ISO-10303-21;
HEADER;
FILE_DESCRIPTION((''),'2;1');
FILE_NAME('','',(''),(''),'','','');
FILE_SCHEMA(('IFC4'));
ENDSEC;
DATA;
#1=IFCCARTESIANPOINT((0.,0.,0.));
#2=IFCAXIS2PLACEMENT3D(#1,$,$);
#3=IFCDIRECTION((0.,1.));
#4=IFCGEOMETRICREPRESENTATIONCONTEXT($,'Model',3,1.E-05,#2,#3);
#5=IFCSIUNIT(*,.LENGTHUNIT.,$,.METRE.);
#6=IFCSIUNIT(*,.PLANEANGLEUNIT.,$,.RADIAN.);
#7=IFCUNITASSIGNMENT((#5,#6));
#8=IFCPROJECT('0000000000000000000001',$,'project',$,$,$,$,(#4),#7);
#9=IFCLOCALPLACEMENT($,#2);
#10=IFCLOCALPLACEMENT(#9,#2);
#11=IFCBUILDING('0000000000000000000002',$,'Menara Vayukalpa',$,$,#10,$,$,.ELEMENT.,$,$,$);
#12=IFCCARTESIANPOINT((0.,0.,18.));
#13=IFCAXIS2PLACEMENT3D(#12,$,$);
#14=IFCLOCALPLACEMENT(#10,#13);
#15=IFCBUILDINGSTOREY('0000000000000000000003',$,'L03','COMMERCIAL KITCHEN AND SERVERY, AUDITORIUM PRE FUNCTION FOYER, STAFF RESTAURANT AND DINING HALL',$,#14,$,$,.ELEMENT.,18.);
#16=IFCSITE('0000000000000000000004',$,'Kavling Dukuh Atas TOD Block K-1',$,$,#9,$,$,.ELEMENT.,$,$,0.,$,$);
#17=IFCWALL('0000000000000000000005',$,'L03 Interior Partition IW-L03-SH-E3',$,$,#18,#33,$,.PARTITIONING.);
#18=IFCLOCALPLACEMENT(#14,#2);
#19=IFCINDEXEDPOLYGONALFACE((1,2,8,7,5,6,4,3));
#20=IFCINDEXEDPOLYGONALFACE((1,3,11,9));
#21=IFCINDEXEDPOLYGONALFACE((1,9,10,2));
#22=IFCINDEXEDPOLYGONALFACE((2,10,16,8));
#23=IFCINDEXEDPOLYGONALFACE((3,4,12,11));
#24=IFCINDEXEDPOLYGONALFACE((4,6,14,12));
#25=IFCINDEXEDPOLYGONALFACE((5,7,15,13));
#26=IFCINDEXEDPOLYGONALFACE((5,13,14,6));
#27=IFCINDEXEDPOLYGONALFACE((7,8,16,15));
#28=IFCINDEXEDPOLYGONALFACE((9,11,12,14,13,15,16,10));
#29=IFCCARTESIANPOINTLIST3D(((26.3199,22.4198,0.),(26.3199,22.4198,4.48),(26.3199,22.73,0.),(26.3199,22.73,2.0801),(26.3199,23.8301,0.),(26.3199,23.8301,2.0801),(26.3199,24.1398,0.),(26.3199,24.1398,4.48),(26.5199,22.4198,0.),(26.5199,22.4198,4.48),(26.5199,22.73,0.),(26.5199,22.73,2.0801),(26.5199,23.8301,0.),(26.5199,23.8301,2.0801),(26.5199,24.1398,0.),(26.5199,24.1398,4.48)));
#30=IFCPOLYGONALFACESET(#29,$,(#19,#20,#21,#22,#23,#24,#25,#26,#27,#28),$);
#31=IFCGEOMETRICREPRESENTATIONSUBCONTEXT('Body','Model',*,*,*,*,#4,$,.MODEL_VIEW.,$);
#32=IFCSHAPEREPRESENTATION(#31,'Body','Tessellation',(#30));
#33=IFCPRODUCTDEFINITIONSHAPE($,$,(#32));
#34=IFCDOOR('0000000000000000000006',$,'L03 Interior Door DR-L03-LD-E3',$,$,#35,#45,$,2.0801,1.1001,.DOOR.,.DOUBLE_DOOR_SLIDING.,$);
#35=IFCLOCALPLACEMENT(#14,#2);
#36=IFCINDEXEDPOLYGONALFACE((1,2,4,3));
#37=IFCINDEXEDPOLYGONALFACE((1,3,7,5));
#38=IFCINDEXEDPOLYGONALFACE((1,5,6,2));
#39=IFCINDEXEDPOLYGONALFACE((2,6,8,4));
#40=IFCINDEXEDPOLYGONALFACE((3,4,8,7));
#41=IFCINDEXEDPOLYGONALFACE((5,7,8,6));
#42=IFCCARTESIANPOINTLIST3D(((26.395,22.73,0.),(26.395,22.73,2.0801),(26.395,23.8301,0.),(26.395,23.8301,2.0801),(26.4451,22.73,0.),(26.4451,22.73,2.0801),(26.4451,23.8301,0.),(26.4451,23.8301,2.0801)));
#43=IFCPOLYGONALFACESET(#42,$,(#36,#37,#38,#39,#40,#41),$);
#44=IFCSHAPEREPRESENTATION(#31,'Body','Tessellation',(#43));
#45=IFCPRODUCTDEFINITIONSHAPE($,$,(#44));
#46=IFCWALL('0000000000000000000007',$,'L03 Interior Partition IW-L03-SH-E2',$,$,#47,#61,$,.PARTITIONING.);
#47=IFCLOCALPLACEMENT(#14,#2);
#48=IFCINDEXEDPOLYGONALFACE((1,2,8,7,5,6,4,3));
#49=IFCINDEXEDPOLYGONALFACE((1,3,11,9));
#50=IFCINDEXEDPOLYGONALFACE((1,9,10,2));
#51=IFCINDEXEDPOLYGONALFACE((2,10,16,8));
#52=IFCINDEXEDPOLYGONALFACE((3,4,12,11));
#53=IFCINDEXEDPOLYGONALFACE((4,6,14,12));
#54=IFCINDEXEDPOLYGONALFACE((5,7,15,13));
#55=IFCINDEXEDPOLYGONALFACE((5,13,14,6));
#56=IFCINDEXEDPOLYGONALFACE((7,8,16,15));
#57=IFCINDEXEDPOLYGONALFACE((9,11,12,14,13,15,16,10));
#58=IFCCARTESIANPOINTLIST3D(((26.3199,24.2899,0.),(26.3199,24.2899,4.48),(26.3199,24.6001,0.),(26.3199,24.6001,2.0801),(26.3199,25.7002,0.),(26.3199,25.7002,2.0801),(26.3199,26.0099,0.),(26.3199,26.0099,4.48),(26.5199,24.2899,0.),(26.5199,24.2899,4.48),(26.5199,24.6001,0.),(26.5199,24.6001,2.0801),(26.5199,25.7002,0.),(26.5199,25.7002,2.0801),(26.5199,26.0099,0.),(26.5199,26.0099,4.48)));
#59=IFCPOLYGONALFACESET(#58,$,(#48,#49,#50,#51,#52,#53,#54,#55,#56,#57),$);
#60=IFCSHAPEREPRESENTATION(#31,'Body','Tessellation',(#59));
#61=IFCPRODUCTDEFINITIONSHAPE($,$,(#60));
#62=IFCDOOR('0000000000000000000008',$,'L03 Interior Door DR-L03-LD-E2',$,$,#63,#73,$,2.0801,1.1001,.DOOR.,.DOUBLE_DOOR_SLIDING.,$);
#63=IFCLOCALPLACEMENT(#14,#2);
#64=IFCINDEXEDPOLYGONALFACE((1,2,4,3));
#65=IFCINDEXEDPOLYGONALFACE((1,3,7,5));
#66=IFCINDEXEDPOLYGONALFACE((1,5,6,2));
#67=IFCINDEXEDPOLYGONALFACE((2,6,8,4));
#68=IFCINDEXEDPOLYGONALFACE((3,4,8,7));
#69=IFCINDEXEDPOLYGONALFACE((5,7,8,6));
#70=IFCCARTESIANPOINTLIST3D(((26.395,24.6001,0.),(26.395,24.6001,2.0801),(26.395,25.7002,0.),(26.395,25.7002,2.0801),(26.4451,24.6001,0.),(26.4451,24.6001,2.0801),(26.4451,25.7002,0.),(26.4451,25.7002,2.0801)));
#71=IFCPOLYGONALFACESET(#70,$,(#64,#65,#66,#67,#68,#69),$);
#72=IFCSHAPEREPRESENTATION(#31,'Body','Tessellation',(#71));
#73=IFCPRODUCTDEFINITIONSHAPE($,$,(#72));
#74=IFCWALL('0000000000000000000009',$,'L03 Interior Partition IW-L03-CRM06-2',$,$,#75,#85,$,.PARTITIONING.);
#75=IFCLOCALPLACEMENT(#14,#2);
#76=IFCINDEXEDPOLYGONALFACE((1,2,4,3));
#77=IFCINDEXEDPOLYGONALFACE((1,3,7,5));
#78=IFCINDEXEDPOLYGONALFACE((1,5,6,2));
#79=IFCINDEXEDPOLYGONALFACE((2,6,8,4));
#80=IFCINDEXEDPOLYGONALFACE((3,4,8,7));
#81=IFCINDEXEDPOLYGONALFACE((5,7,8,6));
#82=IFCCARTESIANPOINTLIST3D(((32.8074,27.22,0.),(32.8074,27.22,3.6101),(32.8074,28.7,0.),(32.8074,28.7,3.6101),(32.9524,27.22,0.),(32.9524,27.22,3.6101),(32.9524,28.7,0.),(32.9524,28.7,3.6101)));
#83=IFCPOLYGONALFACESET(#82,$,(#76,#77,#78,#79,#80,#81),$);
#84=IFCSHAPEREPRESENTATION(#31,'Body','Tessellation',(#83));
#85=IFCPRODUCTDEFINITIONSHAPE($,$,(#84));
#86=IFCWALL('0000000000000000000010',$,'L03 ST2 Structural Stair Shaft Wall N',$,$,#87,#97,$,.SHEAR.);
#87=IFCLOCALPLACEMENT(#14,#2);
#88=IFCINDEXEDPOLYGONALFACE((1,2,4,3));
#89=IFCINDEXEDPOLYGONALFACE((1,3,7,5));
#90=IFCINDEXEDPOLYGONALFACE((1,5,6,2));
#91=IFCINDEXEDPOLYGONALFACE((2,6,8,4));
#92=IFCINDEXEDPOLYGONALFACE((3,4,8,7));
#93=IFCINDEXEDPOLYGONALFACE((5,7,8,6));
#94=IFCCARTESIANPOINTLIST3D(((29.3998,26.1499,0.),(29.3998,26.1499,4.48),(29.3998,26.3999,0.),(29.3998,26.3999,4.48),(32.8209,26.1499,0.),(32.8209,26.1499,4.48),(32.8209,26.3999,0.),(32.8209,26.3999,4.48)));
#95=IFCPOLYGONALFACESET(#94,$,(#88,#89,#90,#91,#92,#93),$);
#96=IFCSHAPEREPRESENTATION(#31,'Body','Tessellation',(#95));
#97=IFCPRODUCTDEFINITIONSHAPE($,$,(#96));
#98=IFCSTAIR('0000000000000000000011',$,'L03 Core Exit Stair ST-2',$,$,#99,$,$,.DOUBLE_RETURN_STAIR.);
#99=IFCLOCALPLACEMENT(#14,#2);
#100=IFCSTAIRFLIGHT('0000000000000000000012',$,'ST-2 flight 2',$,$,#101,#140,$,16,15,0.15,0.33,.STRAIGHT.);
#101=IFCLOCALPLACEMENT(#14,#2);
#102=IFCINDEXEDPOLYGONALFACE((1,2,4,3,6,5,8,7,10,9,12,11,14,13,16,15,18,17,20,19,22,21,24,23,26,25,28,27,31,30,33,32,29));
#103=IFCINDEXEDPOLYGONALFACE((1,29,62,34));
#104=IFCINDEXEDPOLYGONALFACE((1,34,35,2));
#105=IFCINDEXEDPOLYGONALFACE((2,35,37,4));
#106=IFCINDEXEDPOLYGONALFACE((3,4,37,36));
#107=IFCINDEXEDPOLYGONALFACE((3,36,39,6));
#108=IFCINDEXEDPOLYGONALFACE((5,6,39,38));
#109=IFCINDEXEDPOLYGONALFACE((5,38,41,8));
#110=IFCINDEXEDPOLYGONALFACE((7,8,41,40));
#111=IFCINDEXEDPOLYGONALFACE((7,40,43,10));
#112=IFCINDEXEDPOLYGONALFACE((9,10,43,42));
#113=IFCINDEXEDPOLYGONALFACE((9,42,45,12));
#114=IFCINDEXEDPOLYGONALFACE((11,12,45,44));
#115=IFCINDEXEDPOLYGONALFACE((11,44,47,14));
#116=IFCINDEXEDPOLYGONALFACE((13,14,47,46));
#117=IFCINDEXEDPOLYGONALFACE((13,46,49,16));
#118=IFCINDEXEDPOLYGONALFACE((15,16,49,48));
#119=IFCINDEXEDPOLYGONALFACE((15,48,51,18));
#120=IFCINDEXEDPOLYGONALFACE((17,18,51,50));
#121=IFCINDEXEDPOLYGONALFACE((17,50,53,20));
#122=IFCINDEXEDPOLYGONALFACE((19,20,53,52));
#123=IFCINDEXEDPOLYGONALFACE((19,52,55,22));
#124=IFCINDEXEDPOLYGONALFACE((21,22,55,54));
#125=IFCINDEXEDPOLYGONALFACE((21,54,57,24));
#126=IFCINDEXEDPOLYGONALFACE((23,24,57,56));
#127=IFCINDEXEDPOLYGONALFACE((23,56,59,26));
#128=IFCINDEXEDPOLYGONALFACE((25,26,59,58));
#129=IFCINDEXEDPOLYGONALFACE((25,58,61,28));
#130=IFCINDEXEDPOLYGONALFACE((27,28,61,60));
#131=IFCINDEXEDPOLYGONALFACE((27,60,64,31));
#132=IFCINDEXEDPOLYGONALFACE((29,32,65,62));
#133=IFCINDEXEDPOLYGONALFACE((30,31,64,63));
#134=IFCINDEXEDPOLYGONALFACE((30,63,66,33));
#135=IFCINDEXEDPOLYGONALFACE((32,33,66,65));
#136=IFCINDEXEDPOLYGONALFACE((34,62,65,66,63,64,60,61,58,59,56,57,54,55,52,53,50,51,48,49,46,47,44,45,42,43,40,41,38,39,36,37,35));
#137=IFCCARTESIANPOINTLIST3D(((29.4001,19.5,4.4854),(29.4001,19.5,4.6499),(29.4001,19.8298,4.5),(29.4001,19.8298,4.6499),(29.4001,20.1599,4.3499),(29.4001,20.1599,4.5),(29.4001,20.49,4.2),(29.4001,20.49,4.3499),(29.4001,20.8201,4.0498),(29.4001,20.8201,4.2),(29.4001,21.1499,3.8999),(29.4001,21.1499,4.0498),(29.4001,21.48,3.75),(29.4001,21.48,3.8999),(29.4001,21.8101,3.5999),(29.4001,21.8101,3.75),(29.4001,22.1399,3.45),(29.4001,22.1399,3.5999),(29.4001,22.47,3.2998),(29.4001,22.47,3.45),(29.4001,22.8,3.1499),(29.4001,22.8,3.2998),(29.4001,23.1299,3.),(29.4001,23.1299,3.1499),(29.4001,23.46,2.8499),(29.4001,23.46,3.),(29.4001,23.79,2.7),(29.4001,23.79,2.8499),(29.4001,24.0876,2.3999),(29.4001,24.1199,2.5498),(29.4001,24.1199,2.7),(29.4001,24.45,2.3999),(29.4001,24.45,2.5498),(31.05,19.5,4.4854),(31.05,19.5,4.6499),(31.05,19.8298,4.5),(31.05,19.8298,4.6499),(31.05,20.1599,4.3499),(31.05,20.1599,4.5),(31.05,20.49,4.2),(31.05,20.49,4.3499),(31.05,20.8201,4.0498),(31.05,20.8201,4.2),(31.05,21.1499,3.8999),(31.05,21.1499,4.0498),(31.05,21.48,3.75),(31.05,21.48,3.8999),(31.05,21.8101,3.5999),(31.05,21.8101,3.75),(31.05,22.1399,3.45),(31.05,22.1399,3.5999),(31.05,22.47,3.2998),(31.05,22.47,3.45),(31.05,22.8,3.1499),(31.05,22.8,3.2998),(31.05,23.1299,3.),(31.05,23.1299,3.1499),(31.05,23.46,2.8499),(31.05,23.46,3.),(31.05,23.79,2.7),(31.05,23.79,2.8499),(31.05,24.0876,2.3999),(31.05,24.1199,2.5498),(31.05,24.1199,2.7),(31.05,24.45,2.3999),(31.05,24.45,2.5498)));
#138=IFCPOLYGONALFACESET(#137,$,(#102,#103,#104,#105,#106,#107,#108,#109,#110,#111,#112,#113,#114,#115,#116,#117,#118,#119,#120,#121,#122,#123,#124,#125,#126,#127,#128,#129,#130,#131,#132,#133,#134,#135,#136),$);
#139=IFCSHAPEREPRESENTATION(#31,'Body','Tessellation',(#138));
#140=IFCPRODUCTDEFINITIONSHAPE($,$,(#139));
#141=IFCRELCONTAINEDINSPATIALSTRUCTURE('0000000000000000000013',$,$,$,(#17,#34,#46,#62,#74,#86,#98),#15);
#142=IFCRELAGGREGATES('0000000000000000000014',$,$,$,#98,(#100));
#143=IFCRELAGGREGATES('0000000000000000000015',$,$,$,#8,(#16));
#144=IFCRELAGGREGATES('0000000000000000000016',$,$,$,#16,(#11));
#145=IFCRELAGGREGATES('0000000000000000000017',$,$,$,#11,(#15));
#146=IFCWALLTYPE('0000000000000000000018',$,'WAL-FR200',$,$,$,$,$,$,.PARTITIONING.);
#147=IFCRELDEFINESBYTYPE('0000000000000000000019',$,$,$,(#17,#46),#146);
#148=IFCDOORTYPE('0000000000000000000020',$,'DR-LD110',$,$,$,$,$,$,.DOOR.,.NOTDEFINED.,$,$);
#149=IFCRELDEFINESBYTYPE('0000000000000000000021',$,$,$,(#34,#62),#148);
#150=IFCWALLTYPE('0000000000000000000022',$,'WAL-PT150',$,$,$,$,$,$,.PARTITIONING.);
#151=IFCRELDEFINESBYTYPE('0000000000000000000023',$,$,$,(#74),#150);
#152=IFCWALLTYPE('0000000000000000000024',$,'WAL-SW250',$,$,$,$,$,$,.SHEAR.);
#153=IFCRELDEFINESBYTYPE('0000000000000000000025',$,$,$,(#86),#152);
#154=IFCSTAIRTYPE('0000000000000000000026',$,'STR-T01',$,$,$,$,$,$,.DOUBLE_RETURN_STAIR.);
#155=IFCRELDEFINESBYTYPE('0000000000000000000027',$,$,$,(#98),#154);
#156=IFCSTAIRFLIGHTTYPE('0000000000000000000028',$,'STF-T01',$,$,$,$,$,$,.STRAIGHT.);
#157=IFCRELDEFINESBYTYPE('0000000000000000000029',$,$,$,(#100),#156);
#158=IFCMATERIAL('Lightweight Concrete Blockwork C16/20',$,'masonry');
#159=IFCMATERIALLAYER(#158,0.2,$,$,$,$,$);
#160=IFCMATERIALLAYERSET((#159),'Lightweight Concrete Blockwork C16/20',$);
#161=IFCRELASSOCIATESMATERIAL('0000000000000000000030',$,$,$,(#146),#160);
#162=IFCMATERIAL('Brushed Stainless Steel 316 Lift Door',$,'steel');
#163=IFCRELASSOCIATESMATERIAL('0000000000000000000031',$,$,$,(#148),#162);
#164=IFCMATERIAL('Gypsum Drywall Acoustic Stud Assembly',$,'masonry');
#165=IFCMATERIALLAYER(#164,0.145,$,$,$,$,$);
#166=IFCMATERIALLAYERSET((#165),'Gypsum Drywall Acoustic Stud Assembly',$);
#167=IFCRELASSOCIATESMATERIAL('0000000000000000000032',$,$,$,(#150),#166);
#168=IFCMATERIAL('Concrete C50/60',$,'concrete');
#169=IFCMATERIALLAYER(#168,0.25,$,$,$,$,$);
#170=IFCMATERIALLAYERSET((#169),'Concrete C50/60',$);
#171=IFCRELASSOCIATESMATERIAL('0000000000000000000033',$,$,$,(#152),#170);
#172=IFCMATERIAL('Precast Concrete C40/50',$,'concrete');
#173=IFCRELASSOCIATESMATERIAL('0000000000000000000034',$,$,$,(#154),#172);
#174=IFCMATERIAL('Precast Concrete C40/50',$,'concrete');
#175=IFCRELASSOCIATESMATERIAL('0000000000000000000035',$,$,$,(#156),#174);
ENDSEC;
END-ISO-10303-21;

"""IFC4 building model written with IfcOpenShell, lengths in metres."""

from ifc_helpers import new_model, si_unit, direction, frame, frame_2d, origin, place, context, subcontext, project, spatial, polyline, rectangle, outline, extrude, material, layer, layer_set, type_object, element, fill, aggregate, save


model = new_model("IFC4")

# Units and contexts
model_context = context("Model", 3, precision=1e-05, world=origin(), true_north=direction((0.0, 1.0)))
body_context = subcontext(model_context, "Body", "Model", "MODEL_VIEW")
ifc_project = project(units=[si_unit("LENGTHUNIT", "METRE"), si_unit("PLANEANGLEUNIT", "RADIAN")], contexts=[model_context])

# Site, building, storey
site_placement = place(None, origin())
site = spatial("IfcSite", under=ifc_project, at=site_placement, Name="Kavling Dukuh Atas TOD Block K-1", CompositionType="ELEMENT", RefElevation=0.0)
building_placement = place(site_placement, origin())
building = spatial("IfcBuilding", under=site, at=building_placement, Name="Menara Vayukalpa", CompositionType="ELEMENT")
storey_placement = place(building_placement, frame((0.0, 0.0, 18.0)))
storey = spatial("IfcBuildingStorey", under=building, at=storey_placement, Name="L03", Description="COMMERCIAL KITCHEN AND SERVERY, AUDITORIUM PRE FUNCTION FOYER, STAFF RESTAURANT AND DINING HALL", CompositionType="ELEMENT", Elevation=18.0)

# Walls, openings, doors
ifc_material_1 = material(Name="Lightweight Concrete Blockwork C16/20", Category="masonry")
ifc_layer_1 = layer(ifc_material_1, 0.2)
ifc_layer_set_1 = layer_set([ifc_layer_1], Name="Lightweight Concrete Blockwork C16/20")
wall_type_1 = type_object("IfcWallType", Name="WAL-FR200", PredefinedType="PARTITIONING", material=ifc_layer_set_1)
ifc_material_2 = material(Name="Brushed Stainless Steel 316 Lift Door", Category="steel")
door_type = type_object("IfcDoorType", Name="DR-LD110", OperationType="NOTDEFINED", PredefinedType="DOOR", material=ifc_material_2)
wall_1_placement = place(storey_placement, frame((26.4199, 22.4199, 0.0), z_axis=(0.0, 0.0, 1.0), x_axis=(0.0, 1.0, 0.0)))
wall_1 = element("IfcWall", 1, at=wall_1_placement, inside=storey, type_object=wall_type_1, Name="L03 Interior Partition IW-L03-SH-E3", PredefinedType="PARTITIONING", context=body_context, shape_type="SweptSolid", body=[
    extrude(rectangle(XDim=1.72, YDim=0.2, at=frame_2d((0.8599, 0.0))), origin(), (0.0, 0.0, 1.0), 4.48),
])
opening_1_placement = place(wall_1_placement, frame((0.3101, 0.0, 0.0)))
opening_1 = element("IfcOpeningElement", 2, at=opening_1_placement, cuts=wall_1, PredefinedType="OPENING", context=body_context, shape_type="SweptSolid", body=[
    extrude(rectangle(XDim=1.1001, YDim=2.0801, at=frame_2d((0.55, 1.04))), frame((0.0, 0.1099, 0.0), z_axis=(0.0, -1.0, 0.0), x_axis=(1.0, 0.0, 0.0)), (0.0, 0.0, 1.0), 0.22),
])
door_1_placement = place(opening_1_placement, origin())
door_1 = element("IfcDoor", 3, at=door_1_placement, inside=storey, type_object=door_type, Name="L03 Interior Door DR-L03-LD-E3", OperationType="DOUBLE_DOOR_SLIDING", OverallHeight=2.0801, OverallWidth=1.1001, PredefinedType="DOOR", context=body_context, shape_type="SweptSolid", body=[
    extrude(rectangle(XDim=1.1001, YDim=2.0801, at=frame_2d((0.55, 1.04))), frame((0.0, 0.0249, 0.0), z_axis=(0.0, -1.0, 0.0), x_axis=(1.0, 0.0, 0.0)), (0.0, 0.0, 1.0), 0.05),
])
fill(opening_1, door_1)
wall_2_placement = place(storey_placement, frame((26.4199, 24.29, 0.0), z_axis=(0.0, 0.0, 1.0), x_axis=(0.0, 1.0, 0.0)))
wall_2 = element("IfcWall", 4, at=wall_2_placement, inside=storey, type_object=wall_type_1, Name="L03 Interior Partition IW-L03-SH-E2", PredefinedType="PARTITIONING", context=body_context, shape_type="SweptSolid", body=[
    extrude(rectangle(XDim=1.72, YDim=0.2, at=frame_2d((0.8599, 0.0))), origin(), (0.0, 0.0, 1.0), 4.48),
])
opening_2_placement = place(wall_2_placement, frame((0.3101, 0.0, 0.0)))
opening_2 = element("IfcOpeningElement", 5, at=opening_2_placement, cuts=wall_2, PredefinedType="OPENING", context=body_context, shape_type="SweptSolid", body=[
    extrude(rectangle(XDim=1.1001, YDim=2.0801, at=frame_2d((0.55, 1.04))), frame((0.0, 0.1099, 0.0), z_axis=(0.0, -1.0, 0.0), x_axis=(1.0, 0.0, 0.0)), (0.0, 0.0, 1.0), 0.22),
])
door_2_placement = place(opening_2_placement, origin())
door_2 = element("IfcDoor", 6, at=door_2_placement, inside=storey, type_object=door_type, Name="L03 Interior Door DR-L03-LD-E2", OperationType="DOUBLE_DOOR_SLIDING", OverallHeight=2.0801, OverallWidth=1.1001, PredefinedType="DOOR", context=body_context, shape_type="SweptSolid", body=[
    extrude(rectangle(XDim=1.1001, YDim=2.0801, at=frame_2d((0.55, 1.04))), frame((0.0, 0.0249, 0.0), z_axis=(0.0, -1.0, 0.0), x_axis=(1.0, 0.0, 0.0)), (0.0, 0.0, 1.0), 0.05),
])
fill(opening_2, door_2)

# Walls
ifc_material_3 = material(Name="Gypsum Drywall Acoustic Stud Assembly", Category="masonry")
ifc_layer_2 = layer(ifc_material_3, 0.145)
ifc_layer_set_2 = layer_set([ifc_layer_2], Name="Gypsum Drywall Acoustic Stud Assembly")
wall_type_2 = type_object("IfcWallType", Name="WAL-PT150", PredefinedType="PARTITIONING", material=ifc_layer_set_2)
wall_3_placement = place(storey_placement, frame((32.8799, 27.22, 0.0), z_axis=(0.0, 0.0, 1.0), x_axis=(0.0, 1.0, 0.0)))
element("IfcWall", 7, at=wall_3_placement, inside=storey, type_object=wall_type_2, Name="L03 Interior Partition IW-L03-CRM06-2", PredefinedType="PARTITIONING", context=body_context, shape_type="SweptSolid", body=[
    extrude(rectangle(XDim=1.48, YDim=0.145, at=frame_2d((0.74, 0.0))), origin(), (0.0, 0.0, 1.0), 3.6101),
])
ifc_material_4 = material(Name="Concrete C50/60", Category="concrete")
ifc_layer_3 = layer(ifc_material_4, 0.25)
ifc_layer_set_3 = layer_set([ifc_layer_3], Name="Concrete C50/60")
wall_type_3 = type_object("IfcWallType", Name="WAL-SW250", PredefinedType="SHEAR", material=ifc_layer_set_3)
wall_4_placement = place(storey_placement, frame((29.3999, 26.2749, 0.0), z_axis=(0.0, 0.0, 1.0), x_axis=(1.0, 0.0, 0.0)))
element("IfcWall", 8, at=wall_4_placement, inside=storey, type_object=wall_type_3, Name="L03 ST2 Structural Stair Shaft Wall N", PredefinedType="SHEAR", context=body_context, shape_type="SweptSolid", body=[
    extrude(rectangle(XDim=3.4211, YDim=0.25, at=frame_2d((1.7104, 0.0))), origin(), (0.0, 0.0, 1.0), 4.48),
])

# Stair, stair flight
ifc_material_5 = material(Name="Precast Concrete C40/50", Category="concrete")
stair_type = type_object("IfcStairType", Name="STR-T01", PredefinedType="DOUBLE_RETURN_STAIR", material=ifc_material_5)
stair_placement = place(storey_placement, origin())
stair = element("IfcStair", 9, at=stair_placement, inside=storey, type_object=stair_type, Name="L03 Core Exit Stair ST-2", PredefinedType="DOUBLE_RETURN_STAIR")
ifc_material_6 = material(Name="Precast Concrete C40/50", Category="concrete")
stair_flight_type = type_object("IfcStairFlightType", Name="STF-T01", PredefinedType="STRAIGHT", material=ifc_material_6)
stair_flight_placement = place(storey_placement, frame((30.2251, 24.45, 2.3999), z_axis=(0.0, 0.0, 1.0), x_axis=(0.0, -1.0, 0.0)))
stair_flight = element("IfcStairFlight", 10, at=stair_flight_placement, type_object=stair_flight_type, Name="ST-2 flight 2", NumberOfRisers=16, NumberOfTreads=15, PredefinedType="STRAIGHT", RiserHeight=0.15, TreadLength=0.33, context=body_context, shape_type="SweptSolid", body=[
    extrude(outline(polyline([(0.0, 0.0), (0.0, 0.1499), (0.3301, 0.1499), (0.3301, 0.3), (0.6599, 0.3), (0.6599, 0.45), (0.99, 0.45), (0.99, 0.6001), (1.3201, 0.6001), (1.3201, 0.75), (1.6499, 0.75), (1.6499, 0.8999), (1.98, 0.8999), (1.98, 1.05), (2.3101, 1.05), (2.3101, 1.2), (2.6399, 1.2), (2.6399, 1.3501), (2.97, 1.3501), (2.97, 1.5), (3.3, 1.5), (3.3, 1.6499), (3.6299, 1.6499), (3.6299, 1.8), (3.96, 1.8), (3.96, 1.95), (4.29, 1.95), (4.29, 2.1001), (4.6201, 2.1001), (4.6201, 2.25), (4.95, 2.25), (4.95, 2.3999), (4.95, 2.0854), (0.3623, 0.0), (0.0, 0.0)])), frame((0.0, 0.825, 0.0), z_axis=(0.0, -1.0, 0.0), x_axis=(1.0, 0.0, 0.0)), (0.0, 0.0, 1.0), 1.6499),
])
aggregate(stair, [stair_flight])

save(model, "model.ifc")
